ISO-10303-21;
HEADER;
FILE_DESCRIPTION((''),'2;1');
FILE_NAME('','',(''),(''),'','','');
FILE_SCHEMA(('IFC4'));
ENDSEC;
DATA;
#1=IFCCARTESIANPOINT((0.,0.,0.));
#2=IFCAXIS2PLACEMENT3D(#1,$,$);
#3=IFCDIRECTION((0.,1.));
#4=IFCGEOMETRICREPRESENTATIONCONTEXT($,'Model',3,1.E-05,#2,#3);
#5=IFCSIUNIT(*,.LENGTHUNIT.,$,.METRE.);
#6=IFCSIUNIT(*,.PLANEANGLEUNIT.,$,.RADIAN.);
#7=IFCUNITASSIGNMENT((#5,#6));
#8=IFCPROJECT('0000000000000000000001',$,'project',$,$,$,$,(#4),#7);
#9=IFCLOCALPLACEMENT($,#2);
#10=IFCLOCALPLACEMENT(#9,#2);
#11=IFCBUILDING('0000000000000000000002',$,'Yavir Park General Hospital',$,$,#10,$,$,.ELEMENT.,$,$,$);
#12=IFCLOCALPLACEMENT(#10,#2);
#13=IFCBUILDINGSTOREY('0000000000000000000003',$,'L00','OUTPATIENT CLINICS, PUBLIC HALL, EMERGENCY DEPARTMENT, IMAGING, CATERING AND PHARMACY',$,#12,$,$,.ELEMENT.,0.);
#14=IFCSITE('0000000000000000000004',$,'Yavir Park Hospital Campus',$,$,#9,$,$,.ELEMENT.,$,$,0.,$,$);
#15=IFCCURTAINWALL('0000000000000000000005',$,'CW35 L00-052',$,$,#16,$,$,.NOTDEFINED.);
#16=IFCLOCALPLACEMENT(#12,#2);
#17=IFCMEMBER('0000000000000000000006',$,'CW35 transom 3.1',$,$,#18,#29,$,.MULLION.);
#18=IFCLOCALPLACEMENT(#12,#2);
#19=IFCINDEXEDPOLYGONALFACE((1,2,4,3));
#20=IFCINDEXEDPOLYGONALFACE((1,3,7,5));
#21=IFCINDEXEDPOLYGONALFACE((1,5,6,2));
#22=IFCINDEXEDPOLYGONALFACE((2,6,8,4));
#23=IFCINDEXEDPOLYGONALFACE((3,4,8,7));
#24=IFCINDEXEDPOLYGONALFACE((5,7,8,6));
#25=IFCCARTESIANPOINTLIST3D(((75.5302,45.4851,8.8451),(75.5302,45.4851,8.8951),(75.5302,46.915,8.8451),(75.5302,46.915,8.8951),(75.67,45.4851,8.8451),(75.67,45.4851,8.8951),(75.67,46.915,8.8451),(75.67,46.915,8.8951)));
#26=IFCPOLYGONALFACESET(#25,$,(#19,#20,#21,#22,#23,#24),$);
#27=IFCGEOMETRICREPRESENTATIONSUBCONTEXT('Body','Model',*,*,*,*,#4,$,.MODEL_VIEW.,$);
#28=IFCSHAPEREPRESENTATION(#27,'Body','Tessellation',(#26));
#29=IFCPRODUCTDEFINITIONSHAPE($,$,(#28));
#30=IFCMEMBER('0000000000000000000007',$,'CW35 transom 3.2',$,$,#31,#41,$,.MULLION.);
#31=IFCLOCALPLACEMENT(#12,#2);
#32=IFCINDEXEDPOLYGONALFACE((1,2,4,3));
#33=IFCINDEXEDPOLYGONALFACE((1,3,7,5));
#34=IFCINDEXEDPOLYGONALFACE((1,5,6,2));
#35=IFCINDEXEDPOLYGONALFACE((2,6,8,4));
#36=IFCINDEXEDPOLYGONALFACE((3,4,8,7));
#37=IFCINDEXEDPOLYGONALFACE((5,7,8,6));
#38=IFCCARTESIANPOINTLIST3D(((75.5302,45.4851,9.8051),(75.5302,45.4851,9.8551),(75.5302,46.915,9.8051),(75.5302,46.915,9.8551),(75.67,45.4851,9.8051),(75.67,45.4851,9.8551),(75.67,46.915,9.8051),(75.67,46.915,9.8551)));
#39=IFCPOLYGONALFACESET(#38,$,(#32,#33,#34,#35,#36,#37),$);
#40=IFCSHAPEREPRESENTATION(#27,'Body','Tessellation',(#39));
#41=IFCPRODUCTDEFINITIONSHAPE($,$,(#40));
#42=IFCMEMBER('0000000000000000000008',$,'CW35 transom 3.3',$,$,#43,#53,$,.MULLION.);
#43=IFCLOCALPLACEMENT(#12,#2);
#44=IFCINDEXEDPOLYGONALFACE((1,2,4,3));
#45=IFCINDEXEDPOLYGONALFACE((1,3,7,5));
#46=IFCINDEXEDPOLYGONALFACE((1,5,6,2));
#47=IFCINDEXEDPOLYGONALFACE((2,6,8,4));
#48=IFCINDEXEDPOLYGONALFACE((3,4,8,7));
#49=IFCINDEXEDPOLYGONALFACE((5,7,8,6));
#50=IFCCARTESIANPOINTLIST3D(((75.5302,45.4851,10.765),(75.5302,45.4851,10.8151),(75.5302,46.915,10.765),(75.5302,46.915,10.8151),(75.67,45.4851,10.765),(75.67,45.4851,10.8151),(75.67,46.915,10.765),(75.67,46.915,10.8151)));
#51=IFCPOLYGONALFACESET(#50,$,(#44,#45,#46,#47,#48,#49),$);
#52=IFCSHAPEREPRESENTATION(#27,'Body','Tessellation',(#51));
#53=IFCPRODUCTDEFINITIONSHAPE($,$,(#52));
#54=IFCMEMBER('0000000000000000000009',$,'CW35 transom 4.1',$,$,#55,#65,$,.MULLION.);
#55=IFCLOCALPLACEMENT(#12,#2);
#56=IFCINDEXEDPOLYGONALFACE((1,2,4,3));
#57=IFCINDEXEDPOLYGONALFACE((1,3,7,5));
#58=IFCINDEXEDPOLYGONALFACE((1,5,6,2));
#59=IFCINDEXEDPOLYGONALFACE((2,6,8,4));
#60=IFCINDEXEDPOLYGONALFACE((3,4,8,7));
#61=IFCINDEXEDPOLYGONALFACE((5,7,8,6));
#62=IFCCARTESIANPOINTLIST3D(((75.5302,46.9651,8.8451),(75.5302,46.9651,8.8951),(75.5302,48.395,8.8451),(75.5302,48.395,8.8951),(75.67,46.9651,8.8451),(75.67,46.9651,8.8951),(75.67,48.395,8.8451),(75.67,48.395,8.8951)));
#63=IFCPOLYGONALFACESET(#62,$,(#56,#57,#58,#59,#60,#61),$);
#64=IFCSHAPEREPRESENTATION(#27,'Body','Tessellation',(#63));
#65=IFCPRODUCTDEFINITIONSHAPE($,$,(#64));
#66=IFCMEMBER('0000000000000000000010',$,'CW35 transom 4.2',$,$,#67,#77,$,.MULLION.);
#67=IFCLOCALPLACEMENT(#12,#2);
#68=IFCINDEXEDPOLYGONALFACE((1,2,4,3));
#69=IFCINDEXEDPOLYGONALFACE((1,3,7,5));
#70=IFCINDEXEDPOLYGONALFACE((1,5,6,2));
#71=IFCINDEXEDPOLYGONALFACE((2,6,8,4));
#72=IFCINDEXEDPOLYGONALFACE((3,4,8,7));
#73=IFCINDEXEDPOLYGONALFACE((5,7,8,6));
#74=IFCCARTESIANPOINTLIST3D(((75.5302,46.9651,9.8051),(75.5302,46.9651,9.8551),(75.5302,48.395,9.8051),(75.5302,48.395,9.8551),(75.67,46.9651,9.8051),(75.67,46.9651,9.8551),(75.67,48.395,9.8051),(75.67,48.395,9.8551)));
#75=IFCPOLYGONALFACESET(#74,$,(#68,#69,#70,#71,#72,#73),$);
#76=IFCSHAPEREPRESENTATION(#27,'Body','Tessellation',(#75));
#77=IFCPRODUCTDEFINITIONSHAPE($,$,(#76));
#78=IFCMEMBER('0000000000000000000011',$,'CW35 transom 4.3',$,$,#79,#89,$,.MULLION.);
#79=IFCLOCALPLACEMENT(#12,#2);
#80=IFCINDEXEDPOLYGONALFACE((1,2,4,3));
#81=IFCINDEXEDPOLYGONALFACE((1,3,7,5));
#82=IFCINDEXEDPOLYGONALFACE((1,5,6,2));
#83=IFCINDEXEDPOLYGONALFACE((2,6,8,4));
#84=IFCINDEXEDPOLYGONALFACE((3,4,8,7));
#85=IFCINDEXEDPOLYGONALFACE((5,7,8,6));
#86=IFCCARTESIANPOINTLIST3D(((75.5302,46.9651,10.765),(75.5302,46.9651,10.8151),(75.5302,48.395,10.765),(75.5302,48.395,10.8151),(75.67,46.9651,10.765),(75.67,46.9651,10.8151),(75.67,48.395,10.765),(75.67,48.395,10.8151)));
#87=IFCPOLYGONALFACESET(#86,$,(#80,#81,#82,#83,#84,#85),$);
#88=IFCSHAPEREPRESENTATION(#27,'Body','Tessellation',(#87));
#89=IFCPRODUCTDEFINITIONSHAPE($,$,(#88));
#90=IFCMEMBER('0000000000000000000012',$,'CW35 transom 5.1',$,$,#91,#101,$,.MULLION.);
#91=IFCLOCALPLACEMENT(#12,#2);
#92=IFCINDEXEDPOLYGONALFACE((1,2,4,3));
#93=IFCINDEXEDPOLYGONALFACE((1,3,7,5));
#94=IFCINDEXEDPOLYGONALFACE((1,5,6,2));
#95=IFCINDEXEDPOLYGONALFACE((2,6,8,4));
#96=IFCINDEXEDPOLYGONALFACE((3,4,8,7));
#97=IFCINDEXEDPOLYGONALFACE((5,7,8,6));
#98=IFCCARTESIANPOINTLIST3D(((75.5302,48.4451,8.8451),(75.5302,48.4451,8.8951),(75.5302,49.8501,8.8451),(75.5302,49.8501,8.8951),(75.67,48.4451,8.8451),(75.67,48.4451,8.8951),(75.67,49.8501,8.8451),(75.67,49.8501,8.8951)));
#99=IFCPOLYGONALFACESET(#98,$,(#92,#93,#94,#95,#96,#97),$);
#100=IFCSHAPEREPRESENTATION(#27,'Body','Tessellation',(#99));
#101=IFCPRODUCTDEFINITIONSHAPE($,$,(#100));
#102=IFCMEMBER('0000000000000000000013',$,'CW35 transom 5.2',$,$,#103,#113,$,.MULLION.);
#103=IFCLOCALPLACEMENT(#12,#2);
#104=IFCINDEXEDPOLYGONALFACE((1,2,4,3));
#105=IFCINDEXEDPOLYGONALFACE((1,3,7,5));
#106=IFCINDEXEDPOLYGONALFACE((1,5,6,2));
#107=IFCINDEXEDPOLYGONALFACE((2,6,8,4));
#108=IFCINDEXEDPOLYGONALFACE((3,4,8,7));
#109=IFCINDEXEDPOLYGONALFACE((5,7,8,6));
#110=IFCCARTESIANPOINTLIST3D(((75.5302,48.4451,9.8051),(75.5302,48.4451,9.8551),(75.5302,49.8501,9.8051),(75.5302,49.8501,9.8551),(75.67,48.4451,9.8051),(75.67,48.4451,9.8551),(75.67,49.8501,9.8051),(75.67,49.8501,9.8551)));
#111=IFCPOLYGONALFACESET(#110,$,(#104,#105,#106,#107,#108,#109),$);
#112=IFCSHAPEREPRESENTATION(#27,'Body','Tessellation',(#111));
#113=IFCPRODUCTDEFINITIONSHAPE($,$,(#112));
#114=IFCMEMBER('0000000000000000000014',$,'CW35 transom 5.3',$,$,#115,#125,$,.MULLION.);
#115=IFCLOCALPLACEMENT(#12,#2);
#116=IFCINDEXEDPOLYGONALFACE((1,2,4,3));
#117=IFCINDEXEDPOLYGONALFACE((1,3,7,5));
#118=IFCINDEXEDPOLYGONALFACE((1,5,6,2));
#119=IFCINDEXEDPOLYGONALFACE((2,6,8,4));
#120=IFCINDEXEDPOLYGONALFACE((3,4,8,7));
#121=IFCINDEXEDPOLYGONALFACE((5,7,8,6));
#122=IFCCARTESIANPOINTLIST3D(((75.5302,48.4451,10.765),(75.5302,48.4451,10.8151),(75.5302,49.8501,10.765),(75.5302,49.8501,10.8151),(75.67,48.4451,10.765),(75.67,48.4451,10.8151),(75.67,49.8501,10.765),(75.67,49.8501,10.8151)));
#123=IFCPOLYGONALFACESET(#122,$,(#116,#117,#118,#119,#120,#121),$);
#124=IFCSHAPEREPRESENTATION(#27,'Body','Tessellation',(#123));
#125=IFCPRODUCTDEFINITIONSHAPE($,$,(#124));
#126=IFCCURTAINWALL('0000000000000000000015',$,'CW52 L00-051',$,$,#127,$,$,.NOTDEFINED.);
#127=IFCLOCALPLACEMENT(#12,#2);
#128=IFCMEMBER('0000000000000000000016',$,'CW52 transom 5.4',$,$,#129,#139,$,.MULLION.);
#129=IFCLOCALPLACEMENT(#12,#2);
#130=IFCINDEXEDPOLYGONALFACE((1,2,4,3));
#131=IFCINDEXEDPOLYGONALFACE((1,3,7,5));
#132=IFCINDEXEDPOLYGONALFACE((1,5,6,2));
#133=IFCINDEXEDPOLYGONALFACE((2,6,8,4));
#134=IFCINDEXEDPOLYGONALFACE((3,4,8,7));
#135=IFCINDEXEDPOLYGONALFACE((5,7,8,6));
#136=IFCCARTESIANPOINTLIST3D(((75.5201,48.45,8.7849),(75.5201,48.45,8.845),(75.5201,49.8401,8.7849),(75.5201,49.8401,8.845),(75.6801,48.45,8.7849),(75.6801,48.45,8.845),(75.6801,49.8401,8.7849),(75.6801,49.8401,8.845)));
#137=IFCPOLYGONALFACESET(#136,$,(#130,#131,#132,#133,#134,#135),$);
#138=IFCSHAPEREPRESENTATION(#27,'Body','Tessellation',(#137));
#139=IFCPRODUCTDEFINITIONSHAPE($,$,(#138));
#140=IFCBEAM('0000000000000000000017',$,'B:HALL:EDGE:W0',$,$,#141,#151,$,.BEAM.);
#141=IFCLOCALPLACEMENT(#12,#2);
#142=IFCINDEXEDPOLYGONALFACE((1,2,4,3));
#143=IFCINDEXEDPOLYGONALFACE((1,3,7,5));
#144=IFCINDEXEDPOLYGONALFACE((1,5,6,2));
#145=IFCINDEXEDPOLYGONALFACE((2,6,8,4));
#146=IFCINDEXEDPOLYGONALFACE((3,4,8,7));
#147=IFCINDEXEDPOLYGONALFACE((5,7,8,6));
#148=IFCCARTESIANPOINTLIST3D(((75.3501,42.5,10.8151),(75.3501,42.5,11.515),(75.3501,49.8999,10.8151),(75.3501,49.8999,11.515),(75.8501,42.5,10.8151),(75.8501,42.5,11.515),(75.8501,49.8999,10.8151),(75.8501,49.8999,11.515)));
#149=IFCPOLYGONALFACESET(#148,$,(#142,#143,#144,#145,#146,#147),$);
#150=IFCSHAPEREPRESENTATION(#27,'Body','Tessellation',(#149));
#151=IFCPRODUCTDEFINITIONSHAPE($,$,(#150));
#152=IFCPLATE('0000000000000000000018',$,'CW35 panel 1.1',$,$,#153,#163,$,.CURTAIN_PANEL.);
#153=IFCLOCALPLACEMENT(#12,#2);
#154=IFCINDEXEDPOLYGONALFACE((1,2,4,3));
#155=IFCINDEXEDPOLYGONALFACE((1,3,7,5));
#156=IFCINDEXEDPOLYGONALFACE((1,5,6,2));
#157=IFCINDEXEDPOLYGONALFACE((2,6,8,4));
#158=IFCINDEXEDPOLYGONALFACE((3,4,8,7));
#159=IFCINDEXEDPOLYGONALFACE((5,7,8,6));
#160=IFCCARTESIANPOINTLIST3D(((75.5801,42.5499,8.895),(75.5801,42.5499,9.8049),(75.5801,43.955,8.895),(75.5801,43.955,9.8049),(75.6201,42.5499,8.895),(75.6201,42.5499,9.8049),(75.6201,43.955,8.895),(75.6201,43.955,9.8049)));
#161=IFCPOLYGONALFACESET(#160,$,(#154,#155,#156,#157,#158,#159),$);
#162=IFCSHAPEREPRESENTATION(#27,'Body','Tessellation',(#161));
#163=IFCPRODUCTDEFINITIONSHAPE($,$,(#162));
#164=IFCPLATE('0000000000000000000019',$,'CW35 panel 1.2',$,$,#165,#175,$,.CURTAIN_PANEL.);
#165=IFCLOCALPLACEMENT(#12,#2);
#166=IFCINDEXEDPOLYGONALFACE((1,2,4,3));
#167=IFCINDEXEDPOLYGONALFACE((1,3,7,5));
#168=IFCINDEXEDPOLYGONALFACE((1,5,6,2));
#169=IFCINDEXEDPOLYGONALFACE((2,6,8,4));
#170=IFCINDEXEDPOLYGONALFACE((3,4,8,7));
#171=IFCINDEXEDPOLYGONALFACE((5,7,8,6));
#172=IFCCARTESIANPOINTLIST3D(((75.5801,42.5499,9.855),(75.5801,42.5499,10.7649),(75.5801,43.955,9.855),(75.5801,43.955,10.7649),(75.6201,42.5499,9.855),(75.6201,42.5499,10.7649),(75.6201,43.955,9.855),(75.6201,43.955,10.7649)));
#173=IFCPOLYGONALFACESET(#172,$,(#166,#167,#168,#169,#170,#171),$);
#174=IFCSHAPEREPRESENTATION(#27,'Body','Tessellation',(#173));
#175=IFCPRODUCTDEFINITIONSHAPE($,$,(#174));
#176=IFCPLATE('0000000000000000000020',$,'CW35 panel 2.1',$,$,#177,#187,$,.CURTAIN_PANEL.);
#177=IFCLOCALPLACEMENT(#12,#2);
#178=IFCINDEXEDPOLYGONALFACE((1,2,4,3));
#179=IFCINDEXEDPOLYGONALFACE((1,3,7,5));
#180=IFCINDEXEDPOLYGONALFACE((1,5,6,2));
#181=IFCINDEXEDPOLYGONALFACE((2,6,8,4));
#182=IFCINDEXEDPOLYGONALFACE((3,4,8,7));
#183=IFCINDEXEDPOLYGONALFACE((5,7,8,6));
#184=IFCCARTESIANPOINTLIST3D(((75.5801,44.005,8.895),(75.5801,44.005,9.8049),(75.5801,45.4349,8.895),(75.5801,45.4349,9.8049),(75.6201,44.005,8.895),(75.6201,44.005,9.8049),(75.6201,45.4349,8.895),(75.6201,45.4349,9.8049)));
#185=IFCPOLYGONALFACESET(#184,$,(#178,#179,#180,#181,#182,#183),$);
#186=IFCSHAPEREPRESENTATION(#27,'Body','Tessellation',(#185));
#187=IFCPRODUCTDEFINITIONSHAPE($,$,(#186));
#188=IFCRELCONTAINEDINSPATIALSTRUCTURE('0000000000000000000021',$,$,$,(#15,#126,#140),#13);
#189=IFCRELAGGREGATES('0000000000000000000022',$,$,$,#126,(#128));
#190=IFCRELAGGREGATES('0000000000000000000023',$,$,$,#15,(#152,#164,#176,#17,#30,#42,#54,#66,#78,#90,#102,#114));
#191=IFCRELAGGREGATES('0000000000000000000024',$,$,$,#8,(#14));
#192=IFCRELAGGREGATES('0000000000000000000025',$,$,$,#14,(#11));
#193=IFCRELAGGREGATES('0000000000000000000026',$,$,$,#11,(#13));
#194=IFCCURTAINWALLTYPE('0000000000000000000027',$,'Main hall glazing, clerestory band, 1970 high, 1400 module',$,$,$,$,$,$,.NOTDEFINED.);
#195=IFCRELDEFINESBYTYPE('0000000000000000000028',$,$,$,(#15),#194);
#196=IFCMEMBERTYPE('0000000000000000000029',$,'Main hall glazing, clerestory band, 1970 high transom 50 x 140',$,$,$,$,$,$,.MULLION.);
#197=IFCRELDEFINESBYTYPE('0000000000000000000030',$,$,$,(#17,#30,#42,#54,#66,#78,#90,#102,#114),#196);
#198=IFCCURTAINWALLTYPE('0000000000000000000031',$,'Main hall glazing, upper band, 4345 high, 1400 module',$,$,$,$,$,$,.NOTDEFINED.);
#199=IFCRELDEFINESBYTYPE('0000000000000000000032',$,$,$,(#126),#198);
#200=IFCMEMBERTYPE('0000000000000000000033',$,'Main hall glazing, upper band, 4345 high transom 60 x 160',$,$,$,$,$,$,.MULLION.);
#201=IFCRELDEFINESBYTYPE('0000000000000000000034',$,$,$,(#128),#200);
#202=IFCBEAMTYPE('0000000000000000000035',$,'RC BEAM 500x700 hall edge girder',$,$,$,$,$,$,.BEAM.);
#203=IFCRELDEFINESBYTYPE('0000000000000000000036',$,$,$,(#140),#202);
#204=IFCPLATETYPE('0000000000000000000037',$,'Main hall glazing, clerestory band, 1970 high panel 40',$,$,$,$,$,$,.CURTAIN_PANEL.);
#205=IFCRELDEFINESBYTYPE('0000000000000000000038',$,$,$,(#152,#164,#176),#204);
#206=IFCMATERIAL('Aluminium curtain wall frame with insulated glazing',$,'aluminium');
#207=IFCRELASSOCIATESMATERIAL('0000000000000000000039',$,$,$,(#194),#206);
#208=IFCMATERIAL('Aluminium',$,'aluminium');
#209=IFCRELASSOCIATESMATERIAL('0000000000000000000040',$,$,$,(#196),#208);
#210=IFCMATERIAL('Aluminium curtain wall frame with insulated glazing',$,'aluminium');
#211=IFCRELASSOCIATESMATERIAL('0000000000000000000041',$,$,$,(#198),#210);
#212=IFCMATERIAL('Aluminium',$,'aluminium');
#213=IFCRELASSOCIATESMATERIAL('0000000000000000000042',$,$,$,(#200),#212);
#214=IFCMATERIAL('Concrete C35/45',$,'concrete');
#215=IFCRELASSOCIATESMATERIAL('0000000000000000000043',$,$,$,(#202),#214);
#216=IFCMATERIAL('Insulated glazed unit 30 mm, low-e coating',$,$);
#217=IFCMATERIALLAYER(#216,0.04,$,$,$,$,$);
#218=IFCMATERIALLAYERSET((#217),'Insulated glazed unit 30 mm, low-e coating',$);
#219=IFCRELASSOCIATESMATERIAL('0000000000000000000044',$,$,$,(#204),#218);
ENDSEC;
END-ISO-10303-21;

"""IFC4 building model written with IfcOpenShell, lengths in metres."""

from ifc_helpers import new_model, si_unit, direction, frame, origin, origin_2d, place, context, subcontext, project, spatial, rectangle, extrude, material, layer, layer_set, material_profile, profile_set, type_object, element, aggregate, save


model = new_model("IFC4")

# Units and contexts
model_context = context("Model", 3, precision=1e-05, world=origin(), true_north=direction((0.0, 1.0)))
body_context = subcontext(model_context, "Body", "Model", "MODEL_VIEW")
ifc_project = project(units=[si_unit("LENGTHUNIT", "METRE"), si_unit("PLANEANGLEUNIT", "RADIAN")], contexts=[model_context])

# Site, building, storey
site_placement = place(None, origin())
site = spatial("IfcSite", under=ifc_project, at=site_placement, Name="Yavir Park Hospital Campus", CompositionType="ELEMENT", RefElevation=0.0)
building_placement = place(site_placement, origin())
building = spatial("IfcBuilding", under=site, at=building_placement, Name="Yavir Park General Hospital", CompositionType="ELEMENT")
storey_placement = place(building_placement, origin())
storey = spatial("IfcBuildingStorey", under=building, at=storey_placement, Name="L00", Description="OUTPATIENT CLINICS, PUBLIC HALL, EMERGENCY DEPARTMENT, IMAGING, CATERING AND PHARMACY", CompositionType="ELEMENT", Elevation=0.0)

# Curtain wall, members
ifc_material_1 = material(Name="Aluminium curtain wall frame with insulated glazing", Category="aluminium")
curtain_wall_type_1 = type_object("IfcCurtainWallType", Name="Main hall glazing, clerestory band, 1970 high, 1400 module", PredefinedType="NOTDEFINED", material=ifc_material_1)
curtain_wall_1_placement = place(storey_placement, origin())
curtain_wall_1 = element("IfcCurtainWall", 1, at=curtain_wall_1_placement, inside=storey, type_object=curtain_wall_type_1, Name="CW35 L00-052", PredefinedType="NOTDEFINED")
ifc_material_2 = material(Name="Aluminium", Category="aluminium")
ifc_material_profile_1 = material_profile(ifc_material_2, rectangle(XDim=0.1399, YDim=0.05, at=origin_2d()), Name="AL 140x50")
ifc_profile_set_1 = profile_set([ifc_material_profile_1], Name="Aluminium")
member_type_1 = type_object("IfcMemberType", Name="Main hall glazing, clerestory band, 1970 high transom 50 x 140", PredefinedType="MULLION", material=ifc_profile_set_1)
member_1_placement = place(storey_placement, frame((75.6001, 45.4851, 8.8701), z_axis=(0.0, 1.0, 0.0), x_axis=(-1.0, 0.0, 0.0)))
member_1 = element("IfcMember", 2, at=member_1_placement, type_object=member_type_1, Name="CW35 transom 3.1", PredefinedType="MULLION", context=body_context, shape_type="SweptSolid", body=[
    extrude(rectangle(XDim=0.1399, YDim=0.05, at=origin_2d()), origin(), (0.0, 0.0, 1.0), 1.4299),
])
member_2_placement = place(storey_placement, frame((75.6001, 45.4851, 9.8301), z_axis=(0.0, 1.0, 0.0), x_axis=(-1.0, 0.0, 0.0)))
member_2 = element("IfcMember", 3, at=member_2_placement, type_object=member_type_1, Name="CW35 transom 3.2", PredefinedType="MULLION", context=body_context, shape_type="SweptSolid", body=[
    extrude(rectangle(XDim=0.1399, YDim=0.05, at=origin_2d()), origin(), (0.0, 0.0, 1.0), 1.4299),
])
member_3_placement = place(storey_placement, frame((75.6001, 45.4851, 10.79), z_axis=(0.0, 1.0, 0.0), x_axis=(-1.0, 0.0, 0.0)))
member_3 = element("IfcMember", 4, at=member_3_placement, type_object=member_type_1, Name="CW35 transom 3.3", PredefinedType="MULLION", context=body_context, shape_type="SweptSolid", body=[
    extrude(rectangle(XDim=0.1399, YDim=0.05, at=origin_2d()), origin(), (0.0, 0.0, 1.0), 1.4299),
])
member_4_placement = place(storey_placement, frame((75.6001, 46.9651, 8.8701), z_axis=(0.0, 1.0, 0.0), x_axis=(-1.0, 0.0, 0.0)))
member_4 = element("IfcMember", 5, at=member_4_placement, type_object=member_type_1, Name="CW35 transom 4.1", PredefinedType="MULLION", context=body_context, shape_type="SweptSolid", body=[
    extrude(rectangle(XDim=0.1399, YDim=0.05, at=origin_2d()), origin(), (0.0, 0.0, 1.0), 1.4299),
])
member_5_placement = place(storey_placement, frame((75.6001, 46.9651, 9.8301), z_axis=(0.0, 1.0, 0.0), x_axis=(-1.0, 0.0, 0.0)))
member_5 = element("IfcMember", 6, at=member_5_placement, type_object=member_type_1, Name="CW35 transom 4.2", PredefinedType="MULLION", context=body_context, shape_type="SweptSolid", body=[
    extrude(rectangle(XDim=0.1399, YDim=0.05, at=origin_2d()), origin(), (0.0, 0.0, 1.0), 1.4299),
])
member_6_placement = place(storey_placement, frame((75.6001, 46.9651, 10.79), z_axis=(0.0, 1.0, 0.0), x_axis=(-1.0, 0.0, 0.0)))
member_6 = element("IfcMember", 7, at=member_6_placement, type_object=member_type_1, Name="CW35 transom 4.3", PredefinedType="MULLION", context=body_context, shape_type="SweptSolid", body=[
    extrude(rectangle(XDim=0.1399, YDim=0.05, at=origin_2d()), origin(), (0.0, 0.0, 1.0), 1.4299),
])
member_7_placement = place(storey_placement, frame((75.6001, 48.4451, 8.8701), z_axis=(0.0, 1.0, 0.0), x_axis=(-1.0, 0.0, 0.0)))
member_7 = element("IfcMember", 8, at=member_7_placement, type_object=member_type_1, Name="CW35 transom 5.1", PredefinedType="MULLION", context=body_context, shape_type="SweptSolid", body=[
    extrude(rectangle(XDim=0.1399, YDim=0.05, at=origin_2d()), origin(), (0.0, 0.0, 1.0), 1.405),
])
member_8_placement = place(storey_placement, frame((75.6001, 48.4451, 9.8301), z_axis=(0.0, 1.0, 0.0), x_axis=(-1.0, 0.0, 0.0)))
member_8 = element("IfcMember", 9, at=member_8_placement, type_object=member_type_1, Name="CW35 transom 5.2", PredefinedType="MULLION", context=body_context, shape_type="SweptSolid", body=[
    extrude(rectangle(XDim=0.1399, YDim=0.05, at=origin_2d()), origin(), (0.0, 0.0, 1.0), 1.405),
])
member_9_placement = place(storey_placement, frame((75.6001, 48.4451, 10.79), z_axis=(0.0, 1.0, 0.0), x_axis=(-1.0, 0.0, 0.0)))
member_9 = element("IfcMember", 10, at=member_9_placement, type_object=member_type_1, Name="CW35 transom 5.3", PredefinedType="MULLION", context=body_context, shape_type="SweptSolid", body=[
    extrude(rectangle(XDim=0.1399, YDim=0.05, at=origin_2d()), origin(), (0.0, 0.0, 1.0), 1.405),
])

# Curtain wall, member
ifc_material_3 = material(Name="Aluminium curtain wall frame with insulated glazing", Category="aluminium")
curtain_wall_type_2 = type_object("IfcCurtainWallType", Name="Main hall glazing, upper band, 4345 high, 1400 module", PredefinedType="NOTDEFINED", material=ifc_material_3)
curtain_wall_2_placement = place(storey_placement, origin())
curtain_wall_2 = element("IfcCurtainWall", 11, at=curtain_wall_2_placement, inside=storey, type_object=curtain_wall_type_2, Name="CW52 L00-051", PredefinedType="NOTDEFINED")
ifc_material_4 = material(Name="Aluminium", Category="aluminium")
ifc_material_profile_2 = material_profile(ifc_material_4, rectangle(XDim=0.1599, YDim=0.0601, at=origin_2d()), Name="AL 160x60")
ifc_profile_set_2 = profile_set([ifc_material_profile_2], Name="Aluminium")
member_type_2 = type_object("IfcMemberType", Name="Main hall glazing, upper band, 4345 high transom 60 x 160", PredefinedType="MULLION", material=ifc_profile_set_2)
member_10_placement = place(storey_placement, frame((75.6001, 48.45, 8.8149), z_axis=(0.0, 1.0, 0.0), x_axis=(-1.0, 0.0, 0.0)))
member_10 = element("IfcMember", 12, at=member_10_placement, type_object=member_type_2, Name="CW52 transom 5.4", PredefinedType="MULLION", context=body_context, shape_type="SweptSolid", body=[
    extrude(rectangle(XDim=0.1599, YDim=0.0601, at=origin_2d()), origin(), (0.0, 0.0, 1.0), 1.3901),
])
aggregate(curtain_wall_2, [member_10])

# Beam
ifc_material_5 = material(Name="Concrete C35/45", Category="concrete")
ifc_material_profile_3 = material_profile(ifc_material_5, rectangle(XDim=0.5, YDim=0.7, at=origin_2d()), Name="RC500x700")
ifc_profile_set_3 = profile_set([ifc_material_profile_3], Name="Concrete C35/45")
beam_type_1 = type_object("IfcBeamType", Name="RC BEAM 500x700 hall edge girder", PredefinedType="BEAM", material=ifc_profile_set_3)
beam_1_placement = place(storey_placement, frame((75.6001, 42.5, 11.165), z_axis=(0.0, 1.0, 0.0), x_axis=(-1.0, 0.0, 0.0)))
element("IfcBeam", 13, at=beam_1_placement, inside=storey, type_object=beam_type_1, Name="B:HALL:EDGE:W0", PredefinedType="BEAM", context=body_context, shape_type="SweptSolid", body=[
    extrude(rectangle(XDim=0.5, YDim=0.7, at=origin_2d()), origin(), (0.0, 0.0, 1.0), 7.3999),
])

# Plates
ifc_material_6 = material(Name="Insulated glazed unit 30 mm, low-e coating")
ifc_layer_1 = layer(ifc_material_6, 0.04)
ifc_layer_set_1 = layer_set([ifc_layer_1], Name="Insulated glazed unit 30 mm, low-e coating")
plate_type = type_object("IfcPlateType", Name="Main hall glazing, clerestory band, 1970 high panel 40", PredefinedType="CURTAIN_PANEL", material=ifc_layer_set_1)
plate_1_placement = place(storey_placement, frame((75.6001, 43.2524, 8.895), z_axis=(0.0, 0.0, 1.0), x_axis=(0.0, 1.0, 0.0)))
plate_1 = element("IfcPlate", 14, at=plate_1_placement, type_object=plate_type, Name="CW35 panel 1.1", PredefinedType="CURTAIN_PANEL", context=body_context, shape_type="SweptSolid", body=[
    extrude(rectangle(XDim=1.405, YDim=0.04, at=origin_2d()), origin(), (0.0, 0.0, 1.0), 0.9099),
])
plate_2_placement = place(storey_placement, frame((75.6001, 43.2524, 9.855), z_axis=(0.0, 0.0, 1.0), x_axis=(0.0, 1.0, 0.0)))
plate_2 = element("IfcPlate", 15, at=plate_2_placement, type_object=plate_type, Name="CW35 panel 1.2", PredefinedType="CURTAIN_PANEL", context=body_context, shape_type="SweptSolid", body=[
    extrude(rectangle(XDim=1.405, YDim=0.04, at=origin_2d()), origin(), (0.0, 0.0, 1.0), 0.9099),
])
plate_3_placement = place(storey_placement, frame((75.6001, 44.72, 8.895), z_axis=(0.0, 0.0, 1.0), x_axis=(0.0, 1.0, 0.0)))
plate_3 = element("IfcPlate", 16, at=plate_3_placement, type_object=plate_type, Name="CW35 panel 2.1", PredefinedType="CURTAIN_PANEL", context=body_context, shape_type="SweptSolid", body=[
    extrude(rectangle(XDim=1.4299, YDim=0.04, at=origin_2d()), origin(), (0.0, 0.0, 1.0), 0.9099),
])
aggregate(curtain_wall_1, [plate_1, plate_2, plate_3, member_1, member_2, member_3, member_4, member_5, member_6, member_7, member_8, member_9])

save(model, "model.ifc")
